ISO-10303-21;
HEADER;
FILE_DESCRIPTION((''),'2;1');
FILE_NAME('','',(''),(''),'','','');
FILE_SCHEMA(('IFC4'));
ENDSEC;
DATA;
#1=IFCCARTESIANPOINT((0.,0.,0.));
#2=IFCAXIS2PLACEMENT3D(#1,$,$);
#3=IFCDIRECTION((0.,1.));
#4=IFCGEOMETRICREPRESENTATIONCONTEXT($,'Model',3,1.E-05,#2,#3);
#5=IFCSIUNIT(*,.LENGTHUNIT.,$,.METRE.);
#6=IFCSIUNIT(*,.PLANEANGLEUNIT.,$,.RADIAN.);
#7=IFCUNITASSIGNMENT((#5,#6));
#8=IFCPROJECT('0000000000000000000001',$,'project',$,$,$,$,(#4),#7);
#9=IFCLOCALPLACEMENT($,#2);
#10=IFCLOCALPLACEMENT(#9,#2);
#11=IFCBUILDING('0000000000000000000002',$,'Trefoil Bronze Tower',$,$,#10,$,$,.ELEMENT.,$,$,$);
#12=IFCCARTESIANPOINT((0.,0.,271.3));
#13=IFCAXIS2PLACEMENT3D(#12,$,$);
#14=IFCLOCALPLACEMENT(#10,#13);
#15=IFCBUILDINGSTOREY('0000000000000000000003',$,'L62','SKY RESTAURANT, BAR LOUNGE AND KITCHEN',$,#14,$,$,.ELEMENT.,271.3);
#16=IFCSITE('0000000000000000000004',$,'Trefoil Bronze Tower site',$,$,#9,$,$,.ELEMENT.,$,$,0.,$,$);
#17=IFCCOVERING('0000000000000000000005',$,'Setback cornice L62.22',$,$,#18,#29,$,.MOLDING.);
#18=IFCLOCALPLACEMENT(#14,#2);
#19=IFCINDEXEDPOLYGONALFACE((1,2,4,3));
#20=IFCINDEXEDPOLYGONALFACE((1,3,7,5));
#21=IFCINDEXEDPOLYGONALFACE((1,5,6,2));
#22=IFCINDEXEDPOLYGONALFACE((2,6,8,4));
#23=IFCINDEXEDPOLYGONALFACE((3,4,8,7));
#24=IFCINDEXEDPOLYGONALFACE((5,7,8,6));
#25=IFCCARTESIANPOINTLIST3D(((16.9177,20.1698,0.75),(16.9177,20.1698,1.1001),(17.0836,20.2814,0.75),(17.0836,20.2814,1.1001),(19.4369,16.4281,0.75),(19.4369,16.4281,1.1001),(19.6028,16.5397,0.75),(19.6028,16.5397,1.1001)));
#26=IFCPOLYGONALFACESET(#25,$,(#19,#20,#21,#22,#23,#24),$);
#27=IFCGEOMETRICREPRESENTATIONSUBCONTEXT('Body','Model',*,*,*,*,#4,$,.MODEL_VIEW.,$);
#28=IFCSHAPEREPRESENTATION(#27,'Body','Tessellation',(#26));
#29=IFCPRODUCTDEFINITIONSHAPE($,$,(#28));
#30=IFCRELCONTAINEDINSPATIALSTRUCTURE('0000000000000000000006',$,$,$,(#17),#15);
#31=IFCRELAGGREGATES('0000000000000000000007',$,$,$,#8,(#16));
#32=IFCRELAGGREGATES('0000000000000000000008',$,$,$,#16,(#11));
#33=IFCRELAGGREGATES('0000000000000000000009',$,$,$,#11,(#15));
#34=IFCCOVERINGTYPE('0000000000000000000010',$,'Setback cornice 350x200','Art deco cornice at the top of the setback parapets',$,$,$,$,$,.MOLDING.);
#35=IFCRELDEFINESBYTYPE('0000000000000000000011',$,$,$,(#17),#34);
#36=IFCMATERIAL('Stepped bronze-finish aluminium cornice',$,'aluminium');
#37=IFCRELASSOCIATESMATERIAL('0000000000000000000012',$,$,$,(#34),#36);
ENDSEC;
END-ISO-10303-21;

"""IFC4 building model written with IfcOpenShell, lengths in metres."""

from ifc_helpers import new_model, si_unit, direction, frame, origin, origin_2d, place, context, subcontext, project, spatial, rectangle, extrude, material, type_object, element, save


model = new_model("IFC4")

# Units and contexts
model_context = context("Model", 3, precision=1e-05, world=origin(), true_north=direction((0.0, 1.0)))
body_context = subcontext(model_context, "Body", "Model", "MODEL_VIEW")
ifc_project = project(units=[si_unit("LENGTHUNIT", "METRE"), si_unit("PLANEANGLEUNIT", "RADIAN")], contexts=[model_context])

# Site, building, storey
site_placement = place(None, origin())
site = spatial("IfcSite", under=ifc_project, at=site_placement, Name="Trefoil Bronze Tower site", CompositionType="ELEMENT", RefElevation=0.0)
building_placement = place(site_placement, origin())
building = spatial("IfcBuilding", under=site, at=building_placement, Name="Trefoil Bronze Tower", CompositionType="ELEMENT")
storey_placement = place(building_placement, frame((0.0, 0.0, 271.3)))
storey = spatial("IfcBuildingStorey", under=building, at=storey_placement, Name="L62", Description="SKY RESTAURANT, BAR LOUNGE AND KITCHEN", CompositionType="ELEMENT", Elevation=271.3)

# Covering
ifc_material_1 = material(Name="Stepped bronze-finish aluminium cornice", Category="aluminium")
covering_type = type_object("IfcCoveringType", Name="Setback cornice 350x200", Description="Art deco cornice at the top of the setback parapets", PredefinedType="MOLDING", material=ifc_material_1)
covering_1_placement = place(storey_placement, frame((18.2603, 18.3547, 0.75), z_axis=(0.0, 0.0, 1.0), x_axis=(-0.558493, 0.829509, 0.0)))
element("IfcCovering", 1, at=covering_1_placement, inside=storey, type_object=covering_type, Name="Setback cornice L62.22", PredefinedType="MOLDING", context=body_context, shape_type="SweptSolid", body=[
    extrude(rectangle(XDim=4.5107, YDim=0.2, at=origin_2d()), origin(), (0.0, 0.0, 1.0), 0.3501),
])

save(model, "model.ifc")
